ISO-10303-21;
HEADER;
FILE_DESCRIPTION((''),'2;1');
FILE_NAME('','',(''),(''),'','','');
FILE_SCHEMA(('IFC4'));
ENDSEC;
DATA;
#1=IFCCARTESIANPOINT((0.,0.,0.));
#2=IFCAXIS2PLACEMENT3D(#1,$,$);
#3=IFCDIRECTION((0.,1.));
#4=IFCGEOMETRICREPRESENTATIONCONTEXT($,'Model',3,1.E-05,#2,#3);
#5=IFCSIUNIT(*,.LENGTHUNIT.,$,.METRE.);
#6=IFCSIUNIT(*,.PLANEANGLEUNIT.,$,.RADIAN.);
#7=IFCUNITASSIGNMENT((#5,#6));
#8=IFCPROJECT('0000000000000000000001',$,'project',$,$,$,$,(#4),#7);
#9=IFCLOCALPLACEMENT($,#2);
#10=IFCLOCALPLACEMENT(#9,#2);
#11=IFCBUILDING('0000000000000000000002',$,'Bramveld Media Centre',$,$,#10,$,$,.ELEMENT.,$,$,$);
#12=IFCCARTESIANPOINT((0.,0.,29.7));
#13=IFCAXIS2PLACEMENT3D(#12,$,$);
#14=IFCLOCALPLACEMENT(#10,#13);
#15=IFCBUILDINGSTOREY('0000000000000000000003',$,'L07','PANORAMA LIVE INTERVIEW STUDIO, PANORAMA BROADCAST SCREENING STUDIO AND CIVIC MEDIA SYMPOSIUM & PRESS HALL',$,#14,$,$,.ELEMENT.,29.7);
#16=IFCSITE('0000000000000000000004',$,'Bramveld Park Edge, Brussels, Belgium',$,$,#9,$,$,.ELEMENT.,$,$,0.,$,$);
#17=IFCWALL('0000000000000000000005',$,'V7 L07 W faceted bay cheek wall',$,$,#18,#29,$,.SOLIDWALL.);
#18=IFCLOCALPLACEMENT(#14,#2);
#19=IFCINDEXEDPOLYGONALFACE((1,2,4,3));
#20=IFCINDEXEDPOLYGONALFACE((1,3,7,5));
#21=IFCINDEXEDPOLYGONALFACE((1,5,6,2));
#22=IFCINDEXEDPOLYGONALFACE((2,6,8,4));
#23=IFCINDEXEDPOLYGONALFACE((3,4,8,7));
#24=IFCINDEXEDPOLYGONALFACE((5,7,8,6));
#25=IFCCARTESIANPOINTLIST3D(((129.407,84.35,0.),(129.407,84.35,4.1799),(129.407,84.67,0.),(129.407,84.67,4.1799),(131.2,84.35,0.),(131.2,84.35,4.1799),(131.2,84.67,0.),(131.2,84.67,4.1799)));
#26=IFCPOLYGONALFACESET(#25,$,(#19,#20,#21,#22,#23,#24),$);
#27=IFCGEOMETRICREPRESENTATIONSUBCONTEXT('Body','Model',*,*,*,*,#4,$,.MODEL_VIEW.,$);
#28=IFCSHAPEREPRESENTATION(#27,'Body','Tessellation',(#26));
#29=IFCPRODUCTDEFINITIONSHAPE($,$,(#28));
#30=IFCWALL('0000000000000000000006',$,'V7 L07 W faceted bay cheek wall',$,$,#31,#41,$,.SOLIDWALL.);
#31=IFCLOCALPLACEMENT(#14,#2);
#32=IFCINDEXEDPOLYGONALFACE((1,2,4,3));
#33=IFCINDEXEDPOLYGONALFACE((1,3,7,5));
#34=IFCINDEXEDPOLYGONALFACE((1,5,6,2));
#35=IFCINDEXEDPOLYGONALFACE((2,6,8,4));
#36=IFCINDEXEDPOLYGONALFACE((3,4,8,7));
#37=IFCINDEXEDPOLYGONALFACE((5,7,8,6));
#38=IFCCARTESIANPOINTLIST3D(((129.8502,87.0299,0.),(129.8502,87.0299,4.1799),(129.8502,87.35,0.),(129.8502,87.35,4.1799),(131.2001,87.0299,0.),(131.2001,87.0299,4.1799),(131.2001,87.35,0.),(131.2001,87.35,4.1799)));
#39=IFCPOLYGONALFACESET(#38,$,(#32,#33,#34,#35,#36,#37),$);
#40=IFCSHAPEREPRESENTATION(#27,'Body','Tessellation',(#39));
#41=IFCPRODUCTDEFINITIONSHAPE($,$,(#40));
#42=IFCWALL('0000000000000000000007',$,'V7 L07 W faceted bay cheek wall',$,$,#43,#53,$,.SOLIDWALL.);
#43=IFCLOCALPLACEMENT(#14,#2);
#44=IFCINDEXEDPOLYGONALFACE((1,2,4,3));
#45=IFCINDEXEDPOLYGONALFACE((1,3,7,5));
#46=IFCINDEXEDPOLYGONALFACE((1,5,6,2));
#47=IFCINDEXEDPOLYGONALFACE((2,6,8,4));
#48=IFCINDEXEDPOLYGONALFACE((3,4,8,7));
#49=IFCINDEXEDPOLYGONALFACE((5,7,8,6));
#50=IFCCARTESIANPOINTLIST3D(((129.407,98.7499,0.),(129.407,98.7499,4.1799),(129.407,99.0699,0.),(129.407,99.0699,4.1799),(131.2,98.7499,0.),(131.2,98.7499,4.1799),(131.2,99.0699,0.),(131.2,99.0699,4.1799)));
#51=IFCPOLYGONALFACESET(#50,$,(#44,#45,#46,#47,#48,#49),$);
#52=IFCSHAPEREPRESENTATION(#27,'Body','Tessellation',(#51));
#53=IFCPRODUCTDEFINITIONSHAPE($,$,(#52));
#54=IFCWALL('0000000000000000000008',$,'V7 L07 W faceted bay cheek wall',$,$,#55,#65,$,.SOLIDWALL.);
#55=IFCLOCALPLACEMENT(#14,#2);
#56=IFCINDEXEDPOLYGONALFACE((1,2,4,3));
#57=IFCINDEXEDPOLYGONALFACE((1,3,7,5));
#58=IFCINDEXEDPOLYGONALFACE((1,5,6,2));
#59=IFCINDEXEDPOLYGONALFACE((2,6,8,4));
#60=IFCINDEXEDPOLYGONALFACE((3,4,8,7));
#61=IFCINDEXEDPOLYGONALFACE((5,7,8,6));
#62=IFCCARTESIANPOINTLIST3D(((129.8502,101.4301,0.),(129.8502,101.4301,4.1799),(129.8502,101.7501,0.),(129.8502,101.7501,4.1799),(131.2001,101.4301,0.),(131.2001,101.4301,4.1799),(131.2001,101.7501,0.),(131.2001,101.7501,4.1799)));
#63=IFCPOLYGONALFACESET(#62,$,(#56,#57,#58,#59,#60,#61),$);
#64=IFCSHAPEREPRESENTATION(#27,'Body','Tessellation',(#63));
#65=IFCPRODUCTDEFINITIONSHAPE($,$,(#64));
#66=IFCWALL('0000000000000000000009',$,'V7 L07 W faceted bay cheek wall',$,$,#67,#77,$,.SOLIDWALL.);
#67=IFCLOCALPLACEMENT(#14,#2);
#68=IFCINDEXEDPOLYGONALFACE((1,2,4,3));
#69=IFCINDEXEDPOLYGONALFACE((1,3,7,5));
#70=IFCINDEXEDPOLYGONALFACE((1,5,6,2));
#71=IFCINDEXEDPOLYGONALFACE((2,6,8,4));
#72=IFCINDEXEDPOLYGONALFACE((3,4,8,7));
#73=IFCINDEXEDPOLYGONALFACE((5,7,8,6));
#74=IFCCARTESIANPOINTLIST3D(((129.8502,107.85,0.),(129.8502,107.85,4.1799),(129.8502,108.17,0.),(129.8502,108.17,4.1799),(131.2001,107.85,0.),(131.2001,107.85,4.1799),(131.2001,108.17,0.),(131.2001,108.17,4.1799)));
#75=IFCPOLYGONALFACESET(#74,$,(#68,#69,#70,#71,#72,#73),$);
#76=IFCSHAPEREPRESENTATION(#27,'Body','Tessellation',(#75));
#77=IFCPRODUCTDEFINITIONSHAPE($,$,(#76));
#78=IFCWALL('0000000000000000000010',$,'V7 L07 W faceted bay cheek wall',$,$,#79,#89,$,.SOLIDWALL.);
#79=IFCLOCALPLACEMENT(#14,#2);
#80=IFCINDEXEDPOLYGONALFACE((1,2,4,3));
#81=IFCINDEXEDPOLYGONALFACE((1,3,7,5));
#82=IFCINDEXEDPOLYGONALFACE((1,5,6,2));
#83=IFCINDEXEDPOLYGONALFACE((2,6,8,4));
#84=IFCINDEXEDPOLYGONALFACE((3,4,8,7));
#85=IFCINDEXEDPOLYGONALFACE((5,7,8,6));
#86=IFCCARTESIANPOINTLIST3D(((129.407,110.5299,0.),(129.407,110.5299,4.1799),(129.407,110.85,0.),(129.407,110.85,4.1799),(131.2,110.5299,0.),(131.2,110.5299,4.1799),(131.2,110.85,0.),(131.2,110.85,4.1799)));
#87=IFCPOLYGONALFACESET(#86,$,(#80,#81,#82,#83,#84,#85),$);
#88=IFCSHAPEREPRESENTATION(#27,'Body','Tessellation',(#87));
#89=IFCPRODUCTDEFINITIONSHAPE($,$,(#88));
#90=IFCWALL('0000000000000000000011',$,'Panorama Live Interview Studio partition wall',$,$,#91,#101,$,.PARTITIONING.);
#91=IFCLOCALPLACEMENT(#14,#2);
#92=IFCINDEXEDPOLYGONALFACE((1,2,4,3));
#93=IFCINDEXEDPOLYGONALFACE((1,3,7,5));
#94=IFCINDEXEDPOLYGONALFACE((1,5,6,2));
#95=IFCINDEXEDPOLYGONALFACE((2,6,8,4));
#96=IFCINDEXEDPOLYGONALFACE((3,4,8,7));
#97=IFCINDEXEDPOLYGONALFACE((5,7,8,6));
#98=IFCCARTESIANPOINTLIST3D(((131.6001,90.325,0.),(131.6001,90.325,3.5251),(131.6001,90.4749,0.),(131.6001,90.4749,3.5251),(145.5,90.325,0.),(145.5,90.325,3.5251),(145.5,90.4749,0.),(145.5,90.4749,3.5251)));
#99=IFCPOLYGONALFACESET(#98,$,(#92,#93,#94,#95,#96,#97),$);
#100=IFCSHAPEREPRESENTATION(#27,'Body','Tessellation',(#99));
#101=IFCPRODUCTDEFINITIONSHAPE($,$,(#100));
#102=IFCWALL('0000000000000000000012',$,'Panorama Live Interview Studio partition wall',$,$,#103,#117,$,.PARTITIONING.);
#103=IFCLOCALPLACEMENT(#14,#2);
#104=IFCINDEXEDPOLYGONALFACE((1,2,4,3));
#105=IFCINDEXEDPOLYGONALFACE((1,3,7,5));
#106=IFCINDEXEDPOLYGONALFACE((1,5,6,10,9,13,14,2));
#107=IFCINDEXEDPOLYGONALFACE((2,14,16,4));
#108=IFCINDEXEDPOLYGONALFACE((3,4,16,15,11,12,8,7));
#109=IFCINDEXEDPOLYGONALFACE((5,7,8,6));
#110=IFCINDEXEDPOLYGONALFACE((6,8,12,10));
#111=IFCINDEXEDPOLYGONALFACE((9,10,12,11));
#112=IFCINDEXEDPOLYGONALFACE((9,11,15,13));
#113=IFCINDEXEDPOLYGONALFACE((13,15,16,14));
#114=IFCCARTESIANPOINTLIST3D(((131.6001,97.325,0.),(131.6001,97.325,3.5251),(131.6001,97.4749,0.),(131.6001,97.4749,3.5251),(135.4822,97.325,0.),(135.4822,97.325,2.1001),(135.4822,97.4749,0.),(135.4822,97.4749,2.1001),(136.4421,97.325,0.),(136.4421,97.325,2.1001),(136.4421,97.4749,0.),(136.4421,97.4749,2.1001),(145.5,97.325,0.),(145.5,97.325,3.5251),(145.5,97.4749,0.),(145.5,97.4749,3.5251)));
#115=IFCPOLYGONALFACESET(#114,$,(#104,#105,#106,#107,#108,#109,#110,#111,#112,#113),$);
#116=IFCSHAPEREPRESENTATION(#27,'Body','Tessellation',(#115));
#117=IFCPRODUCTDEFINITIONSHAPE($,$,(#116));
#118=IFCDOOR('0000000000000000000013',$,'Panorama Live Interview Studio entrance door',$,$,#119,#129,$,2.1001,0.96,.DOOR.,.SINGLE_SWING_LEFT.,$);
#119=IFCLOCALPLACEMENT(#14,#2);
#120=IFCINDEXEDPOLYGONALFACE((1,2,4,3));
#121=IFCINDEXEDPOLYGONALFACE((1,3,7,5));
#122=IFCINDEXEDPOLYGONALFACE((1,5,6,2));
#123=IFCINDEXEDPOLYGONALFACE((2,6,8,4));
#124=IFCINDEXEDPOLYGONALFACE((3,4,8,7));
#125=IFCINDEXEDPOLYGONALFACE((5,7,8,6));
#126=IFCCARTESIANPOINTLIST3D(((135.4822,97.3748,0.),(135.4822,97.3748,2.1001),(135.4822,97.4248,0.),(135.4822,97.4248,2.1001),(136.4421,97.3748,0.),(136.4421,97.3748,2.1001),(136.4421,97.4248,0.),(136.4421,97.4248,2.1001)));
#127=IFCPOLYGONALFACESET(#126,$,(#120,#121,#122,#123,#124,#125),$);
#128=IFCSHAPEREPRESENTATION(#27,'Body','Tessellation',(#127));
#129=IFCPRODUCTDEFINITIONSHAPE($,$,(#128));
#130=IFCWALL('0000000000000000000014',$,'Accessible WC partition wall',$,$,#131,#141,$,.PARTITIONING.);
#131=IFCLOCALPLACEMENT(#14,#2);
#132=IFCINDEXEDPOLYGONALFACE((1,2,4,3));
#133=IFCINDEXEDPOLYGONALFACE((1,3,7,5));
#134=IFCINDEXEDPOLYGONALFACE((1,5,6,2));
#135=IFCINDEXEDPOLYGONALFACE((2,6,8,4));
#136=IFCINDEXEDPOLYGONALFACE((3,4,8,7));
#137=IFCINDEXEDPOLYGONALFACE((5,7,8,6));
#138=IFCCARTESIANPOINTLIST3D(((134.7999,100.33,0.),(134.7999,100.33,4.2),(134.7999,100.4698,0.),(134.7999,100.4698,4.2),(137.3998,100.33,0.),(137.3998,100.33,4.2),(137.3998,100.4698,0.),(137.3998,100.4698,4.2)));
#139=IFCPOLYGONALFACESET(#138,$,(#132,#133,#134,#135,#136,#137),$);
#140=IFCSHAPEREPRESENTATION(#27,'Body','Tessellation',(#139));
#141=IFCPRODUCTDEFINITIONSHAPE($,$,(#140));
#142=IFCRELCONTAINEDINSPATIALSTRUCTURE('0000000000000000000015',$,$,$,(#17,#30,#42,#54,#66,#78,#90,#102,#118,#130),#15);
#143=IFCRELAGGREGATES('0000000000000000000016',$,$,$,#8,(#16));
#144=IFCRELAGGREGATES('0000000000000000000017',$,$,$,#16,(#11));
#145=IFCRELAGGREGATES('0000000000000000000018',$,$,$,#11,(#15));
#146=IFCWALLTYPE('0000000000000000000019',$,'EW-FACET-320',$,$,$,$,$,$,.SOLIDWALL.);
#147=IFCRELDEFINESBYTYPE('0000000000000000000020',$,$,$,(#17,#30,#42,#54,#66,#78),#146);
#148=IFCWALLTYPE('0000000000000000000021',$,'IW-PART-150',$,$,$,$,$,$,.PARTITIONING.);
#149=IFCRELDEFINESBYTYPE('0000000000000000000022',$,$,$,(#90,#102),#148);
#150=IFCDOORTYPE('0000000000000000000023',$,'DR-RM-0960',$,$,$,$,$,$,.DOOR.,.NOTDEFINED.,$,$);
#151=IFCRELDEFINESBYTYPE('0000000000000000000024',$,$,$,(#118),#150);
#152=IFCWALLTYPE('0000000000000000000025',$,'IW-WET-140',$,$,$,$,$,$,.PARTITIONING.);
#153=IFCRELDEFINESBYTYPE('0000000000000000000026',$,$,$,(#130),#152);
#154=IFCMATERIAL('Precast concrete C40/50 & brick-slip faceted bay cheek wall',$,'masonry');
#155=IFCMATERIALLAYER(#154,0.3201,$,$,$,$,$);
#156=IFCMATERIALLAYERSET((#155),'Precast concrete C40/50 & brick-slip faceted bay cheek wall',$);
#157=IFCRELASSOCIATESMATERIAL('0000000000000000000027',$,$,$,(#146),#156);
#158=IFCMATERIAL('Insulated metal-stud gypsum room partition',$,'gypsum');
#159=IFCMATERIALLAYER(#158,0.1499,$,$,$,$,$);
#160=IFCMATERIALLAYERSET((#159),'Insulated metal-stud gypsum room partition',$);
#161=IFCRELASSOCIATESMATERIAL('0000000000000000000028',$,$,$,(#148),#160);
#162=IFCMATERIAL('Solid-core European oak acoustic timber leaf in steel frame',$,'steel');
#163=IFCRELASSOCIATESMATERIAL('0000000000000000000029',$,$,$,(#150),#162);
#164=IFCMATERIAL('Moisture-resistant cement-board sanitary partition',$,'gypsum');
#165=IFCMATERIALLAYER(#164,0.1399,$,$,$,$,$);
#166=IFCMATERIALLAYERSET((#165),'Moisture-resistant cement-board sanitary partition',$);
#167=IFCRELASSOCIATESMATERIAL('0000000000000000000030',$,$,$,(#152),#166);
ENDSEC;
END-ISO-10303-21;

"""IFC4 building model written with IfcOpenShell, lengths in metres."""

from ifc_helpers import new_model, si_unit, direction, frame, frame_2d, origin, place, context, subcontext, project, spatial, rectangle, extrude, material, layer, layer_set, type_object, element, fill, save


model = new_model("IFC4")

# Units and contexts
model_context = context("Model", 3, precision=1e-05, world=origin(), true_north=direction((0.0, 1.0)))
body_context = subcontext(model_context, "Body", "Model", "MODEL_VIEW")
ifc_project = project(units=[si_unit("LENGTHUNIT", "METRE"), si_unit("PLANEANGLEUNIT", "RADIAN")], contexts=[model_context])

# Site, building, storey
site_placement = place(None, origin())
site = spatial("IfcSite", under=ifc_project, at=site_placement, Name="Bramveld Park Edge, Brussels, Belgium", CompositionType="ELEMENT", RefElevation=0.0)
building_placement = place(site_placement, origin())
building = spatial("IfcBuilding", under=site, at=building_placement, Name="Bramveld Media Centre", CompositionType="ELEMENT")
storey_placement = place(building_placement, frame((0.0, 0.0, 29.7)))
storey = spatial("IfcBuildingStorey", under=building, at=storey_placement, Name="L07", Description="PANORAMA LIVE INTERVIEW STUDIO, PANORAMA BROADCAST SCREENING STUDIO AND CIVIC MEDIA SYMPOSIUM & PRESS HALL", CompositionType="ELEMENT", Elevation=29.7)

# Shared definitions
ifc_material_1 = material(Name="Precast concrete C40/50 & brick-slip faceted bay cheek wall", Category="masonry")
ifc_layer_1 = layer(ifc_material_1, 0.3201)
ifc_layer_set_1 = layer_set([ifc_layer_1], Name="Precast concrete C40/50 & brick-slip faceted bay cheek wall")
wall_type_1 = type_object("IfcWallType", Name="EW-FACET-320", PredefinedType="SOLIDWALL", material=ifc_layer_set_1)

# Walls
for number, where, z_axis, x_axis, name in (
    (1, (131.2, 84.51, 0.0), (0.0, 0.0, 1.0), (-1.0, 0.0, 0.0), "V7 L07 W faceted bay cheek wall"),
):
    element("IfcWall", number, at=place(storey_placement, frame(where, z_axis=z_axis, x_axis=x_axis)), inside=storey, type_object=wall_type_1, Name=name, PredefinedType="SOLIDWALL", context=body_context, shape_type="SweptSolid", body=[
        extrude(rectangle(XDim=1.793, YDim=0.3201, at=frame_2d((0.8965, 0.0))), origin(), (0.0, 0.0, 1.0), 4.1799),
    ])
wall_1_placement = place(storey_placement, frame((131.2, 87.1899, 0.0), z_axis=(0.0, 0.0, 1.0), x_axis=(-1.0, 0.0, 0.0)))
element("IfcWall", 2, at=wall_1_placement, inside=storey, type_object=wall_type_1, Name="V7 L07 W faceted bay cheek wall", PredefinedType="SOLIDWALL", context=body_context, shape_type="SweptSolid", body=[
    extrude(rectangle(XDim=1.3499, YDim=0.3201, at=frame_2d((0.6748, 0.0))), origin(), (0.0, 0.0, 1.0), 4.1799),
])
wall_2_placement = place(storey_placement, frame((131.2, 98.9099, 0.0), z_axis=(0.0, 0.0, 1.0), x_axis=(-1.0, 0.0, 0.0)))
element("IfcWall", 3, at=wall_2_placement, inside=storey, type_object=wall_type_1, Name="V7 L07 W faceted bay cheek wall", PredefinedType="SOLIDWALL", context=body_context, shape_type="SweptSolid", body=[
    extrude(rectangle(XDim=1.793, YDim=0.3201, at=frame_2d((0.8965, 0.0))), origin(), (0.0, 0.0, 1.0), 4.1799),
])
for number, where, z_axis, x_axis, name in (
    (4, (131.2, 101.5901, 0.0), (0.0, 0.0, 1.0), (-1.0, 0.0, 0.0), "V7 L07 W faceted bay cheek wall"),
    (5, (131.2, 108.01, 0.0), (0.0, 0.0, 1.0), (-1.0, 0.0, 0.0), "V7 L07 W faceted bay cheek wall"),
):
    element("IfcWall", number, at=place(storey_placement, frame(where, z_axis=z_axis, x_axis=x_axis)), inside=storey, type_object=wall_type_1, Name=name, PredefinedType="SOLIDWALL", context=body_context, shape_type="SweptSolid", body=[
        extrude(rectangle(XDim=1.3499, YDim=0.3201, at=frame_2d((0.6748, 0.0))), origin(), (0.0, 0.0, 1.0), 4.1799),
    ])
wall_3_placement = place(storey_placement, frame((131.2, 110.6899, 0.0), z_axis=(0.0, 0.0, 1.0), x_axis=(-1.0, 0.0, 0.0)))
element("IfcWall", 6, at=wall_3_placement, inside=storey, type_object=wall_type_1, Name="V7 L07 W faceted bay cheek wall", PredefinedType="SOLIDWALL", context=body_context, shape_type="SweptSolid", body=[
    extrude(rectangle(XDim=1.793, YDim=0.3201, at=frame_2d((0.8965, 0.0))), origin(), (0.0, 0.0, 1.0), 4.1799),
])
ifc_material_2 = material(Name="Insulated metal-stud gypsum room partition", Category="gypsum")
ifc_layer_2 = layer(ifc_material_2, 0.1499)
ifc_layer_set_2 = layer_set([ifc_layer_2], Name="Insulated metal-stud gypsum room partition")
wall_type_2 = type_object("IfcWallType", Name="IW-PART-150", PredefinedType="PARTITIONING", material=ifc_layer_set_2)
wall_4_placement = place(storey_placement, frame((131.6001, 90.3999, 0.0), z_axis=(0.0, 0.0, 1.0), x_axis=(1.0, 0.0, 0.0)))
element("IfcWall", 7, at=wall_4_placement, inside=storey, type_object=wall_type_2, Name="Panorama Live Interview Studio partition wall", PredefinedType="PARTITIONING", context=body_context, shape_type="SweptSolid", body=[
    extrude(rectangle(XDim=13.8999, YDim=0.1499, at=frame_2d((6.95, 0.0))), origin(), (0.0, 0.0, 1.0), 3.5251),
])

# Wall, opening, door
wall_5_placement = place(storey_placement, frame((131.6001, 97.3999, 0.0), z_axis=(0.0, 0.0, 1.0), x_axis=(1.0, 0.0, 0.0)))
wall_5 = element("IfcWall", 8, at=wall_5_placement, inside=storey, type_object=wall_type_2, Name="Panorama Live Interview Studio partition wall", PredefinedType="PARTITIONING", context=body_context, shape_type="SweptSolid", body=[
    extrude(rectangle(XDim=13.8999, YDim=0.1499, at=frame_2d((6.95, 0.0))), origin(), (0.0, 0.0, 1.0), 3.5251),
])
opening_1_placement = place(wall_5_placement, frame((3.8821, 0.0, 0.0)))
opening_1 = element("IfcOpeningElement", 9, at=opening_1_placement, cuts=wall_5, PredefinedType="OPENING", context=body_context, shape_type="SweptSolid", body=[
    extrude(rectangle(XDim=0.96, YDim=2.1001, at=frame_2d((0.48, 1.05))), frame((0.0, 0.0869, 0.0), z_axis=(0.0, -1.0, 0.0), x_axis=(1.0, 0.0, 0.0)), (0.0, 0.0, 1.0), 0.1738),
])
ifc_material_3 = material(Name="Solid-core European oak acoustic timber leaf in steel frame", Category="steel")
door_type_1 = type_object("IfcDoorType", Name="DR-RM-0960", OperationType="NOTDEFINED", PredefinedType="DOOR", material=ifc_material_3)
door_1_placement = place(opening_1_placement, origin())
door_1 = element("IfcDoor", 10, at=door_1_placement, inside=storey, type_object=door_type_1, Name="Panorama Live Interview Studio entrance door", OperationType="SINGLE_SWING_LEFT", OverallHeight=2.1001, OverallWidth=0.96, PredefinedType="DOOR", context=body_context, shape_type="SweptSolid", body=[
    extrude(rectangle(XDim=0.96, YDim=2.1001, at=frame_2d((0.48, 1.05))), frame((0.0, 0.0249, 0.0), z_axis=(0.0, -1.0, 0.0), x_axis=(1.0, 0.0, 0.0)), (0.0, 0.0, 1.0), 0.05),
])
fill(opening_1, door_1)

# Wall
ifc_material_4 = material(Name="Moisture-resistant cement-board sanitary partition", Category="gypsum")
ifc_layer_3 = layer(ifc_material_4, 0.1399)
ifc_layer_set_3 = layer_set([ifc_layer_3], Name="Moisture-resistant cement-board sanitary partition")
wall_type_3 = type_object("IfcWallType", Name="IW-WET-140", PredefinedType="PARTITIONING", material=ifc_layer_set_3)
wall_6_placement = place(storey_placement, frame((134.8, 100.3999, 0.0), z_axis=(0.0, 0.0, 1.0), x_axis=(1.0, 0.0, 0.0)))
element("IfcWall", 11, at=wall_6_placement, inside=storey, type_object=wall_type_3, Name="Accessible WC partition wall", PredefinedType="PARTITIONING", context=body_context, shape_type="SweptSolid", body=[
    extrude(rectangle(XDim=2.5999, YDim=0.1399, at=frame_2d((1.2998, 0.0))), origin(), (0.0, 0.0, 1.0), 4.2),
])

save(model, "model.ifc")
